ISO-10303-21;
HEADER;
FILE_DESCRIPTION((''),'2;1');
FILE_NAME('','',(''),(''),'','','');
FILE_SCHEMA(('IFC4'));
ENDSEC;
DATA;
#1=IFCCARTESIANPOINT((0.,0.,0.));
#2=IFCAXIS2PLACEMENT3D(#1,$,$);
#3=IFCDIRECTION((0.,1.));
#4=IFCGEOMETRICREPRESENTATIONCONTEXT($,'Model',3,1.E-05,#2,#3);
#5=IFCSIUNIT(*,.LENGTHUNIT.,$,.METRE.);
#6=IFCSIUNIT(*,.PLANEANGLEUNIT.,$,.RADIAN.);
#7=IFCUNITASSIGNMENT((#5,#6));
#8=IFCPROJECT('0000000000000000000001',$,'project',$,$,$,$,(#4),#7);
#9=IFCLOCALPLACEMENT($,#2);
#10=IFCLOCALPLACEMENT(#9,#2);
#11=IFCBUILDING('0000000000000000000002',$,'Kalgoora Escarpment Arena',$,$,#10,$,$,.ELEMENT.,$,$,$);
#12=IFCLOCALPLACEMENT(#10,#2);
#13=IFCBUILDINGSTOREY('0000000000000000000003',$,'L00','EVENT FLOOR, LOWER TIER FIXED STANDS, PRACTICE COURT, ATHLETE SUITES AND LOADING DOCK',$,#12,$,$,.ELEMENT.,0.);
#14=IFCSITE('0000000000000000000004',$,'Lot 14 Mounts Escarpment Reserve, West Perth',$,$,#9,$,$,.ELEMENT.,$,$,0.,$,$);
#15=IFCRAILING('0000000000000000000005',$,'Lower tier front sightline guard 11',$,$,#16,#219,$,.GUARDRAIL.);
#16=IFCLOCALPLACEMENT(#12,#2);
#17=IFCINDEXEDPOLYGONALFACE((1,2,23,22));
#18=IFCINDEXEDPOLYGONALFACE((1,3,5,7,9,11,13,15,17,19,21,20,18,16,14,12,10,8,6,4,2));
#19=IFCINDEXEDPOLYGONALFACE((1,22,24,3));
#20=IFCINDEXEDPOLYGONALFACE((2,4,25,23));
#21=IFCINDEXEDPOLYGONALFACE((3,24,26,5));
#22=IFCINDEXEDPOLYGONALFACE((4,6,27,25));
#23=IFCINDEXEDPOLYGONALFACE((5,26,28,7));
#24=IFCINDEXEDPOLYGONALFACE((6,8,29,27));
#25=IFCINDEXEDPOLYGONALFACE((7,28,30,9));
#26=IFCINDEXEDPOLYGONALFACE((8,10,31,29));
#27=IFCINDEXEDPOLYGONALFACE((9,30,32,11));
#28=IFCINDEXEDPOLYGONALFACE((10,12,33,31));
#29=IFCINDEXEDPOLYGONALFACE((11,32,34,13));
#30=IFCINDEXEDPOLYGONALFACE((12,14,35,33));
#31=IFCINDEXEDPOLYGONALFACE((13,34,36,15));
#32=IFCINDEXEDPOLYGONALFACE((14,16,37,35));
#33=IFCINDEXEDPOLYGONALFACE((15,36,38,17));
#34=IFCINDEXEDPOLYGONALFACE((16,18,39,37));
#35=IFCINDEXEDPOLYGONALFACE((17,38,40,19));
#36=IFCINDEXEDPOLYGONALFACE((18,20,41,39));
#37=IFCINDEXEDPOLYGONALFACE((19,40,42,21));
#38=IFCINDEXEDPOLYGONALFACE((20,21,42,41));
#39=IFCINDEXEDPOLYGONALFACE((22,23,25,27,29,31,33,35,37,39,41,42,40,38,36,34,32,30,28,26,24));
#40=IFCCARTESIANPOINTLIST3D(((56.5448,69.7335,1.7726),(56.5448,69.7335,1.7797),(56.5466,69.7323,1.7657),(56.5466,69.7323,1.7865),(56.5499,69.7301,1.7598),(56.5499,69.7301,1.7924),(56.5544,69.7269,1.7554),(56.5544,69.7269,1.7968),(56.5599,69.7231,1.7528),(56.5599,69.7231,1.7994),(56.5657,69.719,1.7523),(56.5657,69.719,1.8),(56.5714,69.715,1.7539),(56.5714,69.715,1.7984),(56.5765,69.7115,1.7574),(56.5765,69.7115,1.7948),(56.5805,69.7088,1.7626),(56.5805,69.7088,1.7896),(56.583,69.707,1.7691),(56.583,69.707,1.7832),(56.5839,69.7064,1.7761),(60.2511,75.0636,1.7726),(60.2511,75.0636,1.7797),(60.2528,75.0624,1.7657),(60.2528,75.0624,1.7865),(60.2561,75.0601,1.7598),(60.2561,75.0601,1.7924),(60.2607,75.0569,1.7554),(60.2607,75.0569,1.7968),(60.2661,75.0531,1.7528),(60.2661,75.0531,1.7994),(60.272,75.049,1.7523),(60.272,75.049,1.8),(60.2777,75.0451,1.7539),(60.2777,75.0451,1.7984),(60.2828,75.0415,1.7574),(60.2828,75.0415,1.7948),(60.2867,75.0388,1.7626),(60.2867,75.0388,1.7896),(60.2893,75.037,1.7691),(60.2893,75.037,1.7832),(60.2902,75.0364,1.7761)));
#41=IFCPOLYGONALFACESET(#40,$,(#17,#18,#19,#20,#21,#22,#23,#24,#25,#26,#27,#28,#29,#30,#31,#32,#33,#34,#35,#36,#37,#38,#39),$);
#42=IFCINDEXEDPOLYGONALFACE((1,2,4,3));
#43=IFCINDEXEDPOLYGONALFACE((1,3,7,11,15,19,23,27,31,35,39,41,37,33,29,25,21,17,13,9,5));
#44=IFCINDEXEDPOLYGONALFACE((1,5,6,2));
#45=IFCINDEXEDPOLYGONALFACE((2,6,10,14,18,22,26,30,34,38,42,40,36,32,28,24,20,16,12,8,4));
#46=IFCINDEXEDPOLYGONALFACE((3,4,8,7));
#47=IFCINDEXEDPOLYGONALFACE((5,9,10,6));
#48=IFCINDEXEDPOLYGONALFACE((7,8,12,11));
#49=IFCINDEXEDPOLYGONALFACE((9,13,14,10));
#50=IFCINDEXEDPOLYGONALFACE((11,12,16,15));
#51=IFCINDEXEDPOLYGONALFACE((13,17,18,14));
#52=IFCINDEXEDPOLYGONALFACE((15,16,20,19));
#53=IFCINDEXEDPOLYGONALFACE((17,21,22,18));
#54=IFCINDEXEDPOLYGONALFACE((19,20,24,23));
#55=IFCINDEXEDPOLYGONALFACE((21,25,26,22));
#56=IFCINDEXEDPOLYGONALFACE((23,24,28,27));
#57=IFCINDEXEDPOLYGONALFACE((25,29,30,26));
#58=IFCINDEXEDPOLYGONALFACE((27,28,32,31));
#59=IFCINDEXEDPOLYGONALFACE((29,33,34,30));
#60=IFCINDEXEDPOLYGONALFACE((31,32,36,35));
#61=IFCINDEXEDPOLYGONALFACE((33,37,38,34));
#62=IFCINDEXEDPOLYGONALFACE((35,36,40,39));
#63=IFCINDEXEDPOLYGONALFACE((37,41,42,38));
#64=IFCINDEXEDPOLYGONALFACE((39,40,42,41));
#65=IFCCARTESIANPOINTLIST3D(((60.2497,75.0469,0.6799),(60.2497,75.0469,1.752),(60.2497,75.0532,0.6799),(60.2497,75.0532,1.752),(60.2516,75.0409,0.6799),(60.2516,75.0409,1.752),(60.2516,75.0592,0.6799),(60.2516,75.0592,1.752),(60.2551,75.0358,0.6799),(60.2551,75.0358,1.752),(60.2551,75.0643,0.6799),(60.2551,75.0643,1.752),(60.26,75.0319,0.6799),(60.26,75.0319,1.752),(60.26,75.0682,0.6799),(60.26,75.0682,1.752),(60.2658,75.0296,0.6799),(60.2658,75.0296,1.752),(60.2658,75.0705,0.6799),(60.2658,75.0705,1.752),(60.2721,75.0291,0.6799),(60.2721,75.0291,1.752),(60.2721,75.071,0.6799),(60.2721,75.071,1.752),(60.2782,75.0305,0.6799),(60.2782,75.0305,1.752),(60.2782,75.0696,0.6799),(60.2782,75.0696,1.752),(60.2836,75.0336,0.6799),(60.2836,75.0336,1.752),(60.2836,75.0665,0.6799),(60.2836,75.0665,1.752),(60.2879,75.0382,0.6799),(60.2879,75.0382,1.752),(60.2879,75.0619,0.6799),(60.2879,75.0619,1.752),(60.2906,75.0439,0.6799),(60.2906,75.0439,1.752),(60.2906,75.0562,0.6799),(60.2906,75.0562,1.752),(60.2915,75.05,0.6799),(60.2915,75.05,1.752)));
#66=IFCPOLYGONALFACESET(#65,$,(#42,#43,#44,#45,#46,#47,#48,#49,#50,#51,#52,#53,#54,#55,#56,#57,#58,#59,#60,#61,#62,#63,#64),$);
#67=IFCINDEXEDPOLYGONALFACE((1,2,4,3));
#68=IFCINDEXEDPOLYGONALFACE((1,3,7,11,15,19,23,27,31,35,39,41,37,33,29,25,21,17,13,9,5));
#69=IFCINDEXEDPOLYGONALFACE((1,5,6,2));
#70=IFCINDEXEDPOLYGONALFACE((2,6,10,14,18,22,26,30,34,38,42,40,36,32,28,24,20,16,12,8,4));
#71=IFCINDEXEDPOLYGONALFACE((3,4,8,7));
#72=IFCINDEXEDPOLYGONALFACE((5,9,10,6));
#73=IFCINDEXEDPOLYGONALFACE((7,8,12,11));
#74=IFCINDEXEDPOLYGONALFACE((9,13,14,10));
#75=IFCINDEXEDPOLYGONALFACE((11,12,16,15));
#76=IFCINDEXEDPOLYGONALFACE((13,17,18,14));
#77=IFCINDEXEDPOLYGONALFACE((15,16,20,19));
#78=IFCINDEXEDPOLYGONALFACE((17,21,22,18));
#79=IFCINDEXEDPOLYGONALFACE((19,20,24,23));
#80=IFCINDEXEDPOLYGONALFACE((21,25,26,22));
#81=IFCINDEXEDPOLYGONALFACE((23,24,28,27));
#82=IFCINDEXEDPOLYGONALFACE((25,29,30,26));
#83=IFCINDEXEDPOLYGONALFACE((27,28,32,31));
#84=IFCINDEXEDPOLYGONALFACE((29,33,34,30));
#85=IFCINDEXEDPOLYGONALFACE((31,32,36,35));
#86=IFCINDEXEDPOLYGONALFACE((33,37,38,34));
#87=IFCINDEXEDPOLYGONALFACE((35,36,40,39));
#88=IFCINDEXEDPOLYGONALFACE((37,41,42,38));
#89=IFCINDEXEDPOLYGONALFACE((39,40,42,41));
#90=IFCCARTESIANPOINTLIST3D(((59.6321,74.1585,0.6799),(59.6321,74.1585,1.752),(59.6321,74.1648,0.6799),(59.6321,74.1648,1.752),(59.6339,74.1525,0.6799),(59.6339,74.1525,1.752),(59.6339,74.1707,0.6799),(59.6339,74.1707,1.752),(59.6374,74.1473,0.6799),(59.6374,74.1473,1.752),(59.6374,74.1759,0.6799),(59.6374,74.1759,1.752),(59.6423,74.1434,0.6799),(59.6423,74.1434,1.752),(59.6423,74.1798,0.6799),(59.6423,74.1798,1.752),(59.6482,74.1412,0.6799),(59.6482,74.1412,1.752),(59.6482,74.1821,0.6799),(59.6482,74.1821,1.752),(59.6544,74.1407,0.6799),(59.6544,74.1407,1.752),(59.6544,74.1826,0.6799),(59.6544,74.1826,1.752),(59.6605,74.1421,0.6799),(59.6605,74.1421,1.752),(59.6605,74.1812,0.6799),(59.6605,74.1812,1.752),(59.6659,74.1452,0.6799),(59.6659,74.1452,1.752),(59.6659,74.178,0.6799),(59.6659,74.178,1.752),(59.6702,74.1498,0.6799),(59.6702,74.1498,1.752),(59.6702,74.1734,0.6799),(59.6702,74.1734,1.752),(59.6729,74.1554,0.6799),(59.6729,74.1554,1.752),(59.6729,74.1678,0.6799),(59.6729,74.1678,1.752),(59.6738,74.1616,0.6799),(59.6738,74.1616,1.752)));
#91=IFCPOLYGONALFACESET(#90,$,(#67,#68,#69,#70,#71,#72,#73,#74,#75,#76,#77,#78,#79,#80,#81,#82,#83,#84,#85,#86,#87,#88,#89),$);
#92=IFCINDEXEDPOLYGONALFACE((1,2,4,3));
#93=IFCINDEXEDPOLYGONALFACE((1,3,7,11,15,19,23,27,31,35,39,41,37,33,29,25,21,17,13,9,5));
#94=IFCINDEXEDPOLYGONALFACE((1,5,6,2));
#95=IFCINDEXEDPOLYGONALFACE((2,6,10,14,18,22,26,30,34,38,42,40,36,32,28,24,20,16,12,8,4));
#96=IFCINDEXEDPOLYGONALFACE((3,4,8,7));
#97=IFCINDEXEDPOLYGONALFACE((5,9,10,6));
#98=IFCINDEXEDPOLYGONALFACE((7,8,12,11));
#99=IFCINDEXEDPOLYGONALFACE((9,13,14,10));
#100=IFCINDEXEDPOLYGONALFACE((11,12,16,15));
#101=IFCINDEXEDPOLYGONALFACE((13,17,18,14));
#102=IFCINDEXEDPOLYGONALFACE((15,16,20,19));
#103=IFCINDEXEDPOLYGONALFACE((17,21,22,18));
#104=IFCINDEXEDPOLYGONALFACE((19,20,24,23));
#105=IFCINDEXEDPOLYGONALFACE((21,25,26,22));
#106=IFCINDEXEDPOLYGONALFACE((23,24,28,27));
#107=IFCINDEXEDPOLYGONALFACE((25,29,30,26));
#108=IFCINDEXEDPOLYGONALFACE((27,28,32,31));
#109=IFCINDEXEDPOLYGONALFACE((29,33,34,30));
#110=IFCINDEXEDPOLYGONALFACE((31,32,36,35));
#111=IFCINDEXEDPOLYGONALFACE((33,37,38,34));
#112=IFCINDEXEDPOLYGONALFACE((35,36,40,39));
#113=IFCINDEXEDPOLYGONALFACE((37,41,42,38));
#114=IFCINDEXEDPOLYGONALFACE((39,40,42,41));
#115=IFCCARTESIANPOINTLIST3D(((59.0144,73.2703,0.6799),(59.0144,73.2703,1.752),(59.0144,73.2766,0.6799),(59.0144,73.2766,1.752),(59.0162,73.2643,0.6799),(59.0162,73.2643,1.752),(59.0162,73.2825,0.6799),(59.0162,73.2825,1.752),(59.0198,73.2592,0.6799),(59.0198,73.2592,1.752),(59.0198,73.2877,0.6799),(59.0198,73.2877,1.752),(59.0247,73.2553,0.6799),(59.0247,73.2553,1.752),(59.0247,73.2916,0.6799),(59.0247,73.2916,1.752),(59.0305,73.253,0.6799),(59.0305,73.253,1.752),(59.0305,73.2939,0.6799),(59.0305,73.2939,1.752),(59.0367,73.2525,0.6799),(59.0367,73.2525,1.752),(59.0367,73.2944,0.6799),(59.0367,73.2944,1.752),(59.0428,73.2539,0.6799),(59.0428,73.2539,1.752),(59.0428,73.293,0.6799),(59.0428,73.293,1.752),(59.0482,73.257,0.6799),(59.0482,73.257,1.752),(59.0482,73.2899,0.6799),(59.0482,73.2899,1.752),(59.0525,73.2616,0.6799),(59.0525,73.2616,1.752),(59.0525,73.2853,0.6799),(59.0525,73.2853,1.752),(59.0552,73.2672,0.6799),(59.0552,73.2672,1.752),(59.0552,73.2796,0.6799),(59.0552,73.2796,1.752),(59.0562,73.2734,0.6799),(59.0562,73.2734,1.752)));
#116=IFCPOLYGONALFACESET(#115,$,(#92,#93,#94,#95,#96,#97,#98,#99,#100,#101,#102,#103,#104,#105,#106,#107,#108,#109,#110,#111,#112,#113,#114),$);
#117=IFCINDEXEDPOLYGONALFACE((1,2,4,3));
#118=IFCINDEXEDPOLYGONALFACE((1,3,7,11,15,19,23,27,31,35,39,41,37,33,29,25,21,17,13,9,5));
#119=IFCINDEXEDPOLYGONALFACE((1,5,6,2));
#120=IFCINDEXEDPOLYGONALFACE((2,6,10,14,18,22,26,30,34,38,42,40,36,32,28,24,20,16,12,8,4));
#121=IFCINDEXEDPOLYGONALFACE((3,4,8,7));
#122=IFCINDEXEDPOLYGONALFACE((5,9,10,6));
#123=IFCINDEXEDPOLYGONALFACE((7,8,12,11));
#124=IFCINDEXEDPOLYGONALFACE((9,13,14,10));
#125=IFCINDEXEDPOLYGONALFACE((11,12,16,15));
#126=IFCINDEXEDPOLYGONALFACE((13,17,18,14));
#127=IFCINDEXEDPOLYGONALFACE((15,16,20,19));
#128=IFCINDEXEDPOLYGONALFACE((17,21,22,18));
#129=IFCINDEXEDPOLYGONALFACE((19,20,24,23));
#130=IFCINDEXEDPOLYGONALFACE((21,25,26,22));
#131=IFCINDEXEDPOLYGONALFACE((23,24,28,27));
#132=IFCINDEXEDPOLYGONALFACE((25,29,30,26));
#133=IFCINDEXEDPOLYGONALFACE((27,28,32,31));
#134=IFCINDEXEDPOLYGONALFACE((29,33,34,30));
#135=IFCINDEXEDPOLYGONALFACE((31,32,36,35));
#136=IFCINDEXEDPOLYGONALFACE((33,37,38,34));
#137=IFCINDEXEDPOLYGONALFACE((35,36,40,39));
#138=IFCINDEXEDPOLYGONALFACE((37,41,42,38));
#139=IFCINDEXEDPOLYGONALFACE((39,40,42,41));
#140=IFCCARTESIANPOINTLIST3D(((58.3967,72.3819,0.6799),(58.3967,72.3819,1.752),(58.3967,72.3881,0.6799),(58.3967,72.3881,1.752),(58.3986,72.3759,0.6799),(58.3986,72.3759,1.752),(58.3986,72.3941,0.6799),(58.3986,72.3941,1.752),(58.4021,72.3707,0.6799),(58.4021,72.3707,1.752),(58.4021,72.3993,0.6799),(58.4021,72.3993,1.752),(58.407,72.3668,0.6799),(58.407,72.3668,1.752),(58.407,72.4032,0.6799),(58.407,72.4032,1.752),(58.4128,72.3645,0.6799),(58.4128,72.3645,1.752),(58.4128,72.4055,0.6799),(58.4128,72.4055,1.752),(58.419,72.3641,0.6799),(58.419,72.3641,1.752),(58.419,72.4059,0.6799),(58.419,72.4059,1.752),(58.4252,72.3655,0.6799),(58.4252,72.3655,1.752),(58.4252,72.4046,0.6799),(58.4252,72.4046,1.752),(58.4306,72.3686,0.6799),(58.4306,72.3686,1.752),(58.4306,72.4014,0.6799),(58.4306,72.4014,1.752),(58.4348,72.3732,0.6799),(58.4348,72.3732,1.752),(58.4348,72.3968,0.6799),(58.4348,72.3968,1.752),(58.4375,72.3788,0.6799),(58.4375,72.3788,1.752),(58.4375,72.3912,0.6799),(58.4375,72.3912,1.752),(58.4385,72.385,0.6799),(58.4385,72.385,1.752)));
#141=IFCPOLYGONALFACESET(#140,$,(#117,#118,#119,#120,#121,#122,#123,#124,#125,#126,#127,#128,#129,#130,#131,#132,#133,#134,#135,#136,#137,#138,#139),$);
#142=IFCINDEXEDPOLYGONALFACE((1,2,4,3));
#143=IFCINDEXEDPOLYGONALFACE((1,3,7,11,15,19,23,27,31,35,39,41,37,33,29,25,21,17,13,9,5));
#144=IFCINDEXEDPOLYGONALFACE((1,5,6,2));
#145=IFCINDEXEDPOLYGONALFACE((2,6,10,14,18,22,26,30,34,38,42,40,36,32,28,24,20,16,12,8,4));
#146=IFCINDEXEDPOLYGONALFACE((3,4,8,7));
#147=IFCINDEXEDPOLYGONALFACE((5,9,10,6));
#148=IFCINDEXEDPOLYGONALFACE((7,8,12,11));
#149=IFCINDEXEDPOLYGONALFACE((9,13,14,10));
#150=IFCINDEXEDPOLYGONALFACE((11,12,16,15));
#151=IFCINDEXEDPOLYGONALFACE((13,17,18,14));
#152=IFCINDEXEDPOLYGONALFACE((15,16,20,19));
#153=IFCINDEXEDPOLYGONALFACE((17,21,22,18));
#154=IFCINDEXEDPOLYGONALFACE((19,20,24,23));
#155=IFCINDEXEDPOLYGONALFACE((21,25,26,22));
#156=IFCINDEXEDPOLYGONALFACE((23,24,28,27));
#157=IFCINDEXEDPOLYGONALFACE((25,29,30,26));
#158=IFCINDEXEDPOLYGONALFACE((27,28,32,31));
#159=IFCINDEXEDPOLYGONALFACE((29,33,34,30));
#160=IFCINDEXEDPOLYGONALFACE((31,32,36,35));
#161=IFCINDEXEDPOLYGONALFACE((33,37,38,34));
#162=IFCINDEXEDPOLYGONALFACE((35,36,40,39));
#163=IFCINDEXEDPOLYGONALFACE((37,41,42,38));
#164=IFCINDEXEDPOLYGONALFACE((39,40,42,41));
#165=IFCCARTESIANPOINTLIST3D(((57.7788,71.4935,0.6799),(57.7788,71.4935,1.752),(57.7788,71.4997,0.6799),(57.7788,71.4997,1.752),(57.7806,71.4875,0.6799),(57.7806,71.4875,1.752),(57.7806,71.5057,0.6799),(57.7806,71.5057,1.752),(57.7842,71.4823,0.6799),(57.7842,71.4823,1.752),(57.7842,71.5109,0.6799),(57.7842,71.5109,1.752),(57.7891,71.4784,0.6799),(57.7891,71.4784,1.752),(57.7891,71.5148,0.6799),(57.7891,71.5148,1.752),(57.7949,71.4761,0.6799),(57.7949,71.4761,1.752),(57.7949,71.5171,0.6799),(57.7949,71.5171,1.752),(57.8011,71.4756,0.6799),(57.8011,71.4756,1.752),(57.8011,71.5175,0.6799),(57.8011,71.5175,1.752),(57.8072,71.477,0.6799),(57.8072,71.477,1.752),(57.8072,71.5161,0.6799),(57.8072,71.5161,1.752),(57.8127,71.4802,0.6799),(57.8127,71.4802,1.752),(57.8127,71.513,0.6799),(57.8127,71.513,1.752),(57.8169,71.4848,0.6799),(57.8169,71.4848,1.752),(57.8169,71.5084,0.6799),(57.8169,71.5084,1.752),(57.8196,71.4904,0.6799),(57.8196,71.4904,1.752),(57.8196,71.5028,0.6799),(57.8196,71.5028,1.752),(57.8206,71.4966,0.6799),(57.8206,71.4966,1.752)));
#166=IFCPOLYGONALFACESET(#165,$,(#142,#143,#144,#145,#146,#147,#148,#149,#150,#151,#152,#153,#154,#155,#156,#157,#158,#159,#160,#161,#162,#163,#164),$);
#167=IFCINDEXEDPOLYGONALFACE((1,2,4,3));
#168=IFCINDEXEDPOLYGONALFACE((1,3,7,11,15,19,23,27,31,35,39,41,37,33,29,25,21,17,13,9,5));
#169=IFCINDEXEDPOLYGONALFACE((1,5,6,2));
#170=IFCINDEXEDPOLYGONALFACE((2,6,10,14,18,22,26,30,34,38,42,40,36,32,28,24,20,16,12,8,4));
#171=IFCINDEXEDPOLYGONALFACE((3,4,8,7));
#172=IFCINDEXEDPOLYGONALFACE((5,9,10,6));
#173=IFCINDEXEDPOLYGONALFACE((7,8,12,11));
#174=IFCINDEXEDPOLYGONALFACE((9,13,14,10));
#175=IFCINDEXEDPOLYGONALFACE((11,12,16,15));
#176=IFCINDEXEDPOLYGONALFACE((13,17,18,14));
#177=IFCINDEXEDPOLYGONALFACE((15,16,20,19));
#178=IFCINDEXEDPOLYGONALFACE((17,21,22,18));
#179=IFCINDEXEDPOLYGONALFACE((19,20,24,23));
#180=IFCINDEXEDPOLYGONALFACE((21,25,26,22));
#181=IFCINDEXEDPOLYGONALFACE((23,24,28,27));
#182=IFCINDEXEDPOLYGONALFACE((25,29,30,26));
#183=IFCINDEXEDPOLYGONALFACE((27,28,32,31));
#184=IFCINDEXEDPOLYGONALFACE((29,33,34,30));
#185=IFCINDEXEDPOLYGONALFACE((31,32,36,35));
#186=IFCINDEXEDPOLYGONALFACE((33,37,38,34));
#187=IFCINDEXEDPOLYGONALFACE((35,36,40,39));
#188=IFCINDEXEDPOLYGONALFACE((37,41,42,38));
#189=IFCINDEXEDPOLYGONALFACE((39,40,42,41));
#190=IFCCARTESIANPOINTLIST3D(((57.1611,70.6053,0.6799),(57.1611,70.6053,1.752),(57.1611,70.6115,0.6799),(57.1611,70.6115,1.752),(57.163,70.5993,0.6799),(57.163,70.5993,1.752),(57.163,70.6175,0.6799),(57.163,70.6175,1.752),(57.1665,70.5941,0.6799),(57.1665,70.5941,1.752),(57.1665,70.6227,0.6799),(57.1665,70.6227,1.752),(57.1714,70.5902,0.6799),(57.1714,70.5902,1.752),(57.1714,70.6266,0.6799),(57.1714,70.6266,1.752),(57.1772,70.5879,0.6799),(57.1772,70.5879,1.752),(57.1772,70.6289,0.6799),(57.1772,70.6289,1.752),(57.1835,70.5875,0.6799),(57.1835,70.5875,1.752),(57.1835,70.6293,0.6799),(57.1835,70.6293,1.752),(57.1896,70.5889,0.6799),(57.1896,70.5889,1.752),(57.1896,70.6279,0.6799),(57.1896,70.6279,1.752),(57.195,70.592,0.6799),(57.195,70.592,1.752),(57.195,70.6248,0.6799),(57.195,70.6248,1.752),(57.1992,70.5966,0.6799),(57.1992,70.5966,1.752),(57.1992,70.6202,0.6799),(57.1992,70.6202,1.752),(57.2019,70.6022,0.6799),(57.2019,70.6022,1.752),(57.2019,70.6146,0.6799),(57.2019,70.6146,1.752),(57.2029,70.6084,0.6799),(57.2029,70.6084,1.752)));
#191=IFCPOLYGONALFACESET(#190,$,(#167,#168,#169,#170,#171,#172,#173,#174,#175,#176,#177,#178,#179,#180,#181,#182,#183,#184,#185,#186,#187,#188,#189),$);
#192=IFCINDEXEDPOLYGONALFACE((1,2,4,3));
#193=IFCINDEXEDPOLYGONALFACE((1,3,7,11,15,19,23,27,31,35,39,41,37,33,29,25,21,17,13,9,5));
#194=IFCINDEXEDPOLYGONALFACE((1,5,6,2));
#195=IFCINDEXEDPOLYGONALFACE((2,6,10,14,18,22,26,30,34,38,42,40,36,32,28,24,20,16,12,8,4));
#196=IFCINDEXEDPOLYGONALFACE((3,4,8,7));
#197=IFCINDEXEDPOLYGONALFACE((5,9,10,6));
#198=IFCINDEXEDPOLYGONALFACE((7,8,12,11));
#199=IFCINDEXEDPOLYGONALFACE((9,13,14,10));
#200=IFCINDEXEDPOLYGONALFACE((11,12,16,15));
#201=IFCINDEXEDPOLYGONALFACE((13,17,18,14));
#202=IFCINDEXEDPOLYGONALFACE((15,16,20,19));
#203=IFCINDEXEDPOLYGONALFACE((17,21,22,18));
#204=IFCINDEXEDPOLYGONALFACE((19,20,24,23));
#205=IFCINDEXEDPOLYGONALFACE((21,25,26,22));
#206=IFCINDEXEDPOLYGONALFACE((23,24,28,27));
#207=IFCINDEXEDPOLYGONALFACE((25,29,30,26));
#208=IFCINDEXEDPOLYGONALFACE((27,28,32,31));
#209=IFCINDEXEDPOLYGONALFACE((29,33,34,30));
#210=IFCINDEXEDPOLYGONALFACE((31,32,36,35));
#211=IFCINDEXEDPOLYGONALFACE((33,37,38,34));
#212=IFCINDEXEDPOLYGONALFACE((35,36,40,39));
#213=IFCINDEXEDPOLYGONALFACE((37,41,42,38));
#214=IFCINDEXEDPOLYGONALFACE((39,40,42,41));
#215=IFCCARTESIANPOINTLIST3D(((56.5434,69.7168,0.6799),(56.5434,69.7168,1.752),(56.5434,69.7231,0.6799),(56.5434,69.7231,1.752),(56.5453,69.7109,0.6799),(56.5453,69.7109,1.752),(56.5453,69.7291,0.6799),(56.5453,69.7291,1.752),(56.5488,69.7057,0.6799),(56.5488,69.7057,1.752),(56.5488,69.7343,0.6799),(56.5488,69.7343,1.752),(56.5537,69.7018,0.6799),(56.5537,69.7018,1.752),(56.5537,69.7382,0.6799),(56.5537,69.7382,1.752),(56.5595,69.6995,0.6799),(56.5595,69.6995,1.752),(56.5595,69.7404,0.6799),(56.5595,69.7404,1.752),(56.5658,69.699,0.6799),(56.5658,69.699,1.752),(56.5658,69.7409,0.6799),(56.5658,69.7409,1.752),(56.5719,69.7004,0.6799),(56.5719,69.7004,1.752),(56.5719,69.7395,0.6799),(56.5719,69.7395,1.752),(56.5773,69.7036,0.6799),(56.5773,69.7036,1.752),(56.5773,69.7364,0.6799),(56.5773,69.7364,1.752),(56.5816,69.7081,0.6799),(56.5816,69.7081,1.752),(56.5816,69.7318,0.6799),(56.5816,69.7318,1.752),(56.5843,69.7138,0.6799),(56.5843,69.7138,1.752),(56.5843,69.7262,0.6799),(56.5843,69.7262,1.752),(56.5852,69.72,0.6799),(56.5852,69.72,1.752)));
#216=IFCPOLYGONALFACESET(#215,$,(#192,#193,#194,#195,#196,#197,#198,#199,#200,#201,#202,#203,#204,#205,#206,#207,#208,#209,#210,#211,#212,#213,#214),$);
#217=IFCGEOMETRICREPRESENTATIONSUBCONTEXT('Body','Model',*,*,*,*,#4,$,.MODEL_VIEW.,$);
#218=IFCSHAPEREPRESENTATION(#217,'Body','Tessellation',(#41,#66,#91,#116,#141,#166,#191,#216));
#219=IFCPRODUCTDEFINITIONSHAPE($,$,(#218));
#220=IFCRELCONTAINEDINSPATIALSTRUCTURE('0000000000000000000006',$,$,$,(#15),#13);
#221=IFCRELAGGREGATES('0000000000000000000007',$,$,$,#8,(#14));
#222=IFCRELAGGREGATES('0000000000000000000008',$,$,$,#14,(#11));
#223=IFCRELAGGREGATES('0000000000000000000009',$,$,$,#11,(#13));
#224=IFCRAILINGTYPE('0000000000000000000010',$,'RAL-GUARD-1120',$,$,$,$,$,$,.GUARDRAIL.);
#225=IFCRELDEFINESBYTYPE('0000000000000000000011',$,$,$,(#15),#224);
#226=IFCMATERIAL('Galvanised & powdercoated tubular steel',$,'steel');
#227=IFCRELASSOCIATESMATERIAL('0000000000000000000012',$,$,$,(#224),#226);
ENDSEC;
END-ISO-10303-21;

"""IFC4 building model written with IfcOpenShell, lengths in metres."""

from ifc_helpers import new_model, si_unit, direction, frame, origin, origin_2d, place, context, subcontext, project, spatial, circle, extrude, material, type_object, element, save


model = new_model("IFC4")

# Units and contexts
model_context = context("Model", 3, precision=1e-05, world=origin(), true_north=direction((0.0, 1.0)))
body_context = subcontext(model_context, "Body", "Model", "MODEL_VIEW")
ifc_project = project(units=[si_unit("LENGTHUNIT", "METRE"), si_unit("PLANEANGLEUNIT", "RADIAN")], contexts=[model_context])

# Site, building, storey
site_placement = place(None, origin())
site = spatial("IfcSite", under=ifc_project, at=site_placement, Name="Lot 14 Mounts Escarpment Reserve, West Perth", CompositionType="ELEMENT", RefElevation=0.0)
building_placement = place(site_placement, origin())
building = spatial("IfcBuilding", under=site, at=building_placement, Name="Kalgoora Escarpment Arena", CompositionType="ELEMENT")
storey_placement = place(building_placement, origin())
storey = spatial("IfcBuildingStorey", under=building, at=storey_placement, Name="L00", Description="EVENT FLOOR, LOWER TIER FIXED STANDS, PRACTICE COURT, ATHLETE SUITES AND LOADING DOCK", CompositionType="ELEMENT", Elevation=0.0)

# Railing
ifc_material_1 = material(Name="Galvanised & powdercoated tubular steel", Category="steel")
railing_type_1 = type_object("IfcRailingType", Name="RAL-GUARD-1120", PredefinedType="GUARDRAIL", material=ifc_material_1)
railing_1_placement = place(storey_placement, frame((60.2705, 75.05, 0.6799)))
element("IfcRailing", 1, at=railing_1_placement, inside=storey, type_object=railing_type_1, Name="Lower tier front sightline guard 11", PredefinedType="GUARDRAIL", context=body_context, shape_type="SweptSolid", body=[
    extrude(circle(Radius=0.0239, at=origin_2d()), frame((0.0, 0.0, 1.0962), z_axis=(-0.5709, -0.821019, 0.0), x_axis=(0.821019, -0.5709, 0.0)), (0.0, 0.0, 1.0), 6.4919),
    extrude(circle(Radius=0.021, at=origin_2d()), origin(), (0.0, 0.0, 1.0), 1.072),
    extrude(circle(Radius=0.021, at=origin_2d()), frame((-0.6177, -0.8884, 0.0)), (0.0, 0.0, 1.0), 1.072),
    extrude(circle(Radius=0.021, at=origin_2d()), frame((-1.2354, -1.7766, 0.0)), (0.0, 0.0, 1.0), 1.072),
    extrude(circle(Radius=0.021, at=origin_2d()), frame((-1.853, -2.665, 0.0)), (0.0, 0.0, 1.0), 1.072),
    extrude(circle(Radius=0.021, at=origin_2d()), frame((-2.4709, -3.5535, 0.0)), (0.0, 0.0, 1.0), 1.072),
    extrude(circle(Radius=0.021, at=origin_2d()), frame((-3.0886, -4.4417, 0.0)), (0.0, 0.0, 1.0), 1.072),
    extrude(circle(Radius=0.021, at=origin_2d()), frame((-3.7063, -5.3301, 0.0)), (0.0, 0.0, 1.0), 1.072),
])

save(model, "model.ifc")
